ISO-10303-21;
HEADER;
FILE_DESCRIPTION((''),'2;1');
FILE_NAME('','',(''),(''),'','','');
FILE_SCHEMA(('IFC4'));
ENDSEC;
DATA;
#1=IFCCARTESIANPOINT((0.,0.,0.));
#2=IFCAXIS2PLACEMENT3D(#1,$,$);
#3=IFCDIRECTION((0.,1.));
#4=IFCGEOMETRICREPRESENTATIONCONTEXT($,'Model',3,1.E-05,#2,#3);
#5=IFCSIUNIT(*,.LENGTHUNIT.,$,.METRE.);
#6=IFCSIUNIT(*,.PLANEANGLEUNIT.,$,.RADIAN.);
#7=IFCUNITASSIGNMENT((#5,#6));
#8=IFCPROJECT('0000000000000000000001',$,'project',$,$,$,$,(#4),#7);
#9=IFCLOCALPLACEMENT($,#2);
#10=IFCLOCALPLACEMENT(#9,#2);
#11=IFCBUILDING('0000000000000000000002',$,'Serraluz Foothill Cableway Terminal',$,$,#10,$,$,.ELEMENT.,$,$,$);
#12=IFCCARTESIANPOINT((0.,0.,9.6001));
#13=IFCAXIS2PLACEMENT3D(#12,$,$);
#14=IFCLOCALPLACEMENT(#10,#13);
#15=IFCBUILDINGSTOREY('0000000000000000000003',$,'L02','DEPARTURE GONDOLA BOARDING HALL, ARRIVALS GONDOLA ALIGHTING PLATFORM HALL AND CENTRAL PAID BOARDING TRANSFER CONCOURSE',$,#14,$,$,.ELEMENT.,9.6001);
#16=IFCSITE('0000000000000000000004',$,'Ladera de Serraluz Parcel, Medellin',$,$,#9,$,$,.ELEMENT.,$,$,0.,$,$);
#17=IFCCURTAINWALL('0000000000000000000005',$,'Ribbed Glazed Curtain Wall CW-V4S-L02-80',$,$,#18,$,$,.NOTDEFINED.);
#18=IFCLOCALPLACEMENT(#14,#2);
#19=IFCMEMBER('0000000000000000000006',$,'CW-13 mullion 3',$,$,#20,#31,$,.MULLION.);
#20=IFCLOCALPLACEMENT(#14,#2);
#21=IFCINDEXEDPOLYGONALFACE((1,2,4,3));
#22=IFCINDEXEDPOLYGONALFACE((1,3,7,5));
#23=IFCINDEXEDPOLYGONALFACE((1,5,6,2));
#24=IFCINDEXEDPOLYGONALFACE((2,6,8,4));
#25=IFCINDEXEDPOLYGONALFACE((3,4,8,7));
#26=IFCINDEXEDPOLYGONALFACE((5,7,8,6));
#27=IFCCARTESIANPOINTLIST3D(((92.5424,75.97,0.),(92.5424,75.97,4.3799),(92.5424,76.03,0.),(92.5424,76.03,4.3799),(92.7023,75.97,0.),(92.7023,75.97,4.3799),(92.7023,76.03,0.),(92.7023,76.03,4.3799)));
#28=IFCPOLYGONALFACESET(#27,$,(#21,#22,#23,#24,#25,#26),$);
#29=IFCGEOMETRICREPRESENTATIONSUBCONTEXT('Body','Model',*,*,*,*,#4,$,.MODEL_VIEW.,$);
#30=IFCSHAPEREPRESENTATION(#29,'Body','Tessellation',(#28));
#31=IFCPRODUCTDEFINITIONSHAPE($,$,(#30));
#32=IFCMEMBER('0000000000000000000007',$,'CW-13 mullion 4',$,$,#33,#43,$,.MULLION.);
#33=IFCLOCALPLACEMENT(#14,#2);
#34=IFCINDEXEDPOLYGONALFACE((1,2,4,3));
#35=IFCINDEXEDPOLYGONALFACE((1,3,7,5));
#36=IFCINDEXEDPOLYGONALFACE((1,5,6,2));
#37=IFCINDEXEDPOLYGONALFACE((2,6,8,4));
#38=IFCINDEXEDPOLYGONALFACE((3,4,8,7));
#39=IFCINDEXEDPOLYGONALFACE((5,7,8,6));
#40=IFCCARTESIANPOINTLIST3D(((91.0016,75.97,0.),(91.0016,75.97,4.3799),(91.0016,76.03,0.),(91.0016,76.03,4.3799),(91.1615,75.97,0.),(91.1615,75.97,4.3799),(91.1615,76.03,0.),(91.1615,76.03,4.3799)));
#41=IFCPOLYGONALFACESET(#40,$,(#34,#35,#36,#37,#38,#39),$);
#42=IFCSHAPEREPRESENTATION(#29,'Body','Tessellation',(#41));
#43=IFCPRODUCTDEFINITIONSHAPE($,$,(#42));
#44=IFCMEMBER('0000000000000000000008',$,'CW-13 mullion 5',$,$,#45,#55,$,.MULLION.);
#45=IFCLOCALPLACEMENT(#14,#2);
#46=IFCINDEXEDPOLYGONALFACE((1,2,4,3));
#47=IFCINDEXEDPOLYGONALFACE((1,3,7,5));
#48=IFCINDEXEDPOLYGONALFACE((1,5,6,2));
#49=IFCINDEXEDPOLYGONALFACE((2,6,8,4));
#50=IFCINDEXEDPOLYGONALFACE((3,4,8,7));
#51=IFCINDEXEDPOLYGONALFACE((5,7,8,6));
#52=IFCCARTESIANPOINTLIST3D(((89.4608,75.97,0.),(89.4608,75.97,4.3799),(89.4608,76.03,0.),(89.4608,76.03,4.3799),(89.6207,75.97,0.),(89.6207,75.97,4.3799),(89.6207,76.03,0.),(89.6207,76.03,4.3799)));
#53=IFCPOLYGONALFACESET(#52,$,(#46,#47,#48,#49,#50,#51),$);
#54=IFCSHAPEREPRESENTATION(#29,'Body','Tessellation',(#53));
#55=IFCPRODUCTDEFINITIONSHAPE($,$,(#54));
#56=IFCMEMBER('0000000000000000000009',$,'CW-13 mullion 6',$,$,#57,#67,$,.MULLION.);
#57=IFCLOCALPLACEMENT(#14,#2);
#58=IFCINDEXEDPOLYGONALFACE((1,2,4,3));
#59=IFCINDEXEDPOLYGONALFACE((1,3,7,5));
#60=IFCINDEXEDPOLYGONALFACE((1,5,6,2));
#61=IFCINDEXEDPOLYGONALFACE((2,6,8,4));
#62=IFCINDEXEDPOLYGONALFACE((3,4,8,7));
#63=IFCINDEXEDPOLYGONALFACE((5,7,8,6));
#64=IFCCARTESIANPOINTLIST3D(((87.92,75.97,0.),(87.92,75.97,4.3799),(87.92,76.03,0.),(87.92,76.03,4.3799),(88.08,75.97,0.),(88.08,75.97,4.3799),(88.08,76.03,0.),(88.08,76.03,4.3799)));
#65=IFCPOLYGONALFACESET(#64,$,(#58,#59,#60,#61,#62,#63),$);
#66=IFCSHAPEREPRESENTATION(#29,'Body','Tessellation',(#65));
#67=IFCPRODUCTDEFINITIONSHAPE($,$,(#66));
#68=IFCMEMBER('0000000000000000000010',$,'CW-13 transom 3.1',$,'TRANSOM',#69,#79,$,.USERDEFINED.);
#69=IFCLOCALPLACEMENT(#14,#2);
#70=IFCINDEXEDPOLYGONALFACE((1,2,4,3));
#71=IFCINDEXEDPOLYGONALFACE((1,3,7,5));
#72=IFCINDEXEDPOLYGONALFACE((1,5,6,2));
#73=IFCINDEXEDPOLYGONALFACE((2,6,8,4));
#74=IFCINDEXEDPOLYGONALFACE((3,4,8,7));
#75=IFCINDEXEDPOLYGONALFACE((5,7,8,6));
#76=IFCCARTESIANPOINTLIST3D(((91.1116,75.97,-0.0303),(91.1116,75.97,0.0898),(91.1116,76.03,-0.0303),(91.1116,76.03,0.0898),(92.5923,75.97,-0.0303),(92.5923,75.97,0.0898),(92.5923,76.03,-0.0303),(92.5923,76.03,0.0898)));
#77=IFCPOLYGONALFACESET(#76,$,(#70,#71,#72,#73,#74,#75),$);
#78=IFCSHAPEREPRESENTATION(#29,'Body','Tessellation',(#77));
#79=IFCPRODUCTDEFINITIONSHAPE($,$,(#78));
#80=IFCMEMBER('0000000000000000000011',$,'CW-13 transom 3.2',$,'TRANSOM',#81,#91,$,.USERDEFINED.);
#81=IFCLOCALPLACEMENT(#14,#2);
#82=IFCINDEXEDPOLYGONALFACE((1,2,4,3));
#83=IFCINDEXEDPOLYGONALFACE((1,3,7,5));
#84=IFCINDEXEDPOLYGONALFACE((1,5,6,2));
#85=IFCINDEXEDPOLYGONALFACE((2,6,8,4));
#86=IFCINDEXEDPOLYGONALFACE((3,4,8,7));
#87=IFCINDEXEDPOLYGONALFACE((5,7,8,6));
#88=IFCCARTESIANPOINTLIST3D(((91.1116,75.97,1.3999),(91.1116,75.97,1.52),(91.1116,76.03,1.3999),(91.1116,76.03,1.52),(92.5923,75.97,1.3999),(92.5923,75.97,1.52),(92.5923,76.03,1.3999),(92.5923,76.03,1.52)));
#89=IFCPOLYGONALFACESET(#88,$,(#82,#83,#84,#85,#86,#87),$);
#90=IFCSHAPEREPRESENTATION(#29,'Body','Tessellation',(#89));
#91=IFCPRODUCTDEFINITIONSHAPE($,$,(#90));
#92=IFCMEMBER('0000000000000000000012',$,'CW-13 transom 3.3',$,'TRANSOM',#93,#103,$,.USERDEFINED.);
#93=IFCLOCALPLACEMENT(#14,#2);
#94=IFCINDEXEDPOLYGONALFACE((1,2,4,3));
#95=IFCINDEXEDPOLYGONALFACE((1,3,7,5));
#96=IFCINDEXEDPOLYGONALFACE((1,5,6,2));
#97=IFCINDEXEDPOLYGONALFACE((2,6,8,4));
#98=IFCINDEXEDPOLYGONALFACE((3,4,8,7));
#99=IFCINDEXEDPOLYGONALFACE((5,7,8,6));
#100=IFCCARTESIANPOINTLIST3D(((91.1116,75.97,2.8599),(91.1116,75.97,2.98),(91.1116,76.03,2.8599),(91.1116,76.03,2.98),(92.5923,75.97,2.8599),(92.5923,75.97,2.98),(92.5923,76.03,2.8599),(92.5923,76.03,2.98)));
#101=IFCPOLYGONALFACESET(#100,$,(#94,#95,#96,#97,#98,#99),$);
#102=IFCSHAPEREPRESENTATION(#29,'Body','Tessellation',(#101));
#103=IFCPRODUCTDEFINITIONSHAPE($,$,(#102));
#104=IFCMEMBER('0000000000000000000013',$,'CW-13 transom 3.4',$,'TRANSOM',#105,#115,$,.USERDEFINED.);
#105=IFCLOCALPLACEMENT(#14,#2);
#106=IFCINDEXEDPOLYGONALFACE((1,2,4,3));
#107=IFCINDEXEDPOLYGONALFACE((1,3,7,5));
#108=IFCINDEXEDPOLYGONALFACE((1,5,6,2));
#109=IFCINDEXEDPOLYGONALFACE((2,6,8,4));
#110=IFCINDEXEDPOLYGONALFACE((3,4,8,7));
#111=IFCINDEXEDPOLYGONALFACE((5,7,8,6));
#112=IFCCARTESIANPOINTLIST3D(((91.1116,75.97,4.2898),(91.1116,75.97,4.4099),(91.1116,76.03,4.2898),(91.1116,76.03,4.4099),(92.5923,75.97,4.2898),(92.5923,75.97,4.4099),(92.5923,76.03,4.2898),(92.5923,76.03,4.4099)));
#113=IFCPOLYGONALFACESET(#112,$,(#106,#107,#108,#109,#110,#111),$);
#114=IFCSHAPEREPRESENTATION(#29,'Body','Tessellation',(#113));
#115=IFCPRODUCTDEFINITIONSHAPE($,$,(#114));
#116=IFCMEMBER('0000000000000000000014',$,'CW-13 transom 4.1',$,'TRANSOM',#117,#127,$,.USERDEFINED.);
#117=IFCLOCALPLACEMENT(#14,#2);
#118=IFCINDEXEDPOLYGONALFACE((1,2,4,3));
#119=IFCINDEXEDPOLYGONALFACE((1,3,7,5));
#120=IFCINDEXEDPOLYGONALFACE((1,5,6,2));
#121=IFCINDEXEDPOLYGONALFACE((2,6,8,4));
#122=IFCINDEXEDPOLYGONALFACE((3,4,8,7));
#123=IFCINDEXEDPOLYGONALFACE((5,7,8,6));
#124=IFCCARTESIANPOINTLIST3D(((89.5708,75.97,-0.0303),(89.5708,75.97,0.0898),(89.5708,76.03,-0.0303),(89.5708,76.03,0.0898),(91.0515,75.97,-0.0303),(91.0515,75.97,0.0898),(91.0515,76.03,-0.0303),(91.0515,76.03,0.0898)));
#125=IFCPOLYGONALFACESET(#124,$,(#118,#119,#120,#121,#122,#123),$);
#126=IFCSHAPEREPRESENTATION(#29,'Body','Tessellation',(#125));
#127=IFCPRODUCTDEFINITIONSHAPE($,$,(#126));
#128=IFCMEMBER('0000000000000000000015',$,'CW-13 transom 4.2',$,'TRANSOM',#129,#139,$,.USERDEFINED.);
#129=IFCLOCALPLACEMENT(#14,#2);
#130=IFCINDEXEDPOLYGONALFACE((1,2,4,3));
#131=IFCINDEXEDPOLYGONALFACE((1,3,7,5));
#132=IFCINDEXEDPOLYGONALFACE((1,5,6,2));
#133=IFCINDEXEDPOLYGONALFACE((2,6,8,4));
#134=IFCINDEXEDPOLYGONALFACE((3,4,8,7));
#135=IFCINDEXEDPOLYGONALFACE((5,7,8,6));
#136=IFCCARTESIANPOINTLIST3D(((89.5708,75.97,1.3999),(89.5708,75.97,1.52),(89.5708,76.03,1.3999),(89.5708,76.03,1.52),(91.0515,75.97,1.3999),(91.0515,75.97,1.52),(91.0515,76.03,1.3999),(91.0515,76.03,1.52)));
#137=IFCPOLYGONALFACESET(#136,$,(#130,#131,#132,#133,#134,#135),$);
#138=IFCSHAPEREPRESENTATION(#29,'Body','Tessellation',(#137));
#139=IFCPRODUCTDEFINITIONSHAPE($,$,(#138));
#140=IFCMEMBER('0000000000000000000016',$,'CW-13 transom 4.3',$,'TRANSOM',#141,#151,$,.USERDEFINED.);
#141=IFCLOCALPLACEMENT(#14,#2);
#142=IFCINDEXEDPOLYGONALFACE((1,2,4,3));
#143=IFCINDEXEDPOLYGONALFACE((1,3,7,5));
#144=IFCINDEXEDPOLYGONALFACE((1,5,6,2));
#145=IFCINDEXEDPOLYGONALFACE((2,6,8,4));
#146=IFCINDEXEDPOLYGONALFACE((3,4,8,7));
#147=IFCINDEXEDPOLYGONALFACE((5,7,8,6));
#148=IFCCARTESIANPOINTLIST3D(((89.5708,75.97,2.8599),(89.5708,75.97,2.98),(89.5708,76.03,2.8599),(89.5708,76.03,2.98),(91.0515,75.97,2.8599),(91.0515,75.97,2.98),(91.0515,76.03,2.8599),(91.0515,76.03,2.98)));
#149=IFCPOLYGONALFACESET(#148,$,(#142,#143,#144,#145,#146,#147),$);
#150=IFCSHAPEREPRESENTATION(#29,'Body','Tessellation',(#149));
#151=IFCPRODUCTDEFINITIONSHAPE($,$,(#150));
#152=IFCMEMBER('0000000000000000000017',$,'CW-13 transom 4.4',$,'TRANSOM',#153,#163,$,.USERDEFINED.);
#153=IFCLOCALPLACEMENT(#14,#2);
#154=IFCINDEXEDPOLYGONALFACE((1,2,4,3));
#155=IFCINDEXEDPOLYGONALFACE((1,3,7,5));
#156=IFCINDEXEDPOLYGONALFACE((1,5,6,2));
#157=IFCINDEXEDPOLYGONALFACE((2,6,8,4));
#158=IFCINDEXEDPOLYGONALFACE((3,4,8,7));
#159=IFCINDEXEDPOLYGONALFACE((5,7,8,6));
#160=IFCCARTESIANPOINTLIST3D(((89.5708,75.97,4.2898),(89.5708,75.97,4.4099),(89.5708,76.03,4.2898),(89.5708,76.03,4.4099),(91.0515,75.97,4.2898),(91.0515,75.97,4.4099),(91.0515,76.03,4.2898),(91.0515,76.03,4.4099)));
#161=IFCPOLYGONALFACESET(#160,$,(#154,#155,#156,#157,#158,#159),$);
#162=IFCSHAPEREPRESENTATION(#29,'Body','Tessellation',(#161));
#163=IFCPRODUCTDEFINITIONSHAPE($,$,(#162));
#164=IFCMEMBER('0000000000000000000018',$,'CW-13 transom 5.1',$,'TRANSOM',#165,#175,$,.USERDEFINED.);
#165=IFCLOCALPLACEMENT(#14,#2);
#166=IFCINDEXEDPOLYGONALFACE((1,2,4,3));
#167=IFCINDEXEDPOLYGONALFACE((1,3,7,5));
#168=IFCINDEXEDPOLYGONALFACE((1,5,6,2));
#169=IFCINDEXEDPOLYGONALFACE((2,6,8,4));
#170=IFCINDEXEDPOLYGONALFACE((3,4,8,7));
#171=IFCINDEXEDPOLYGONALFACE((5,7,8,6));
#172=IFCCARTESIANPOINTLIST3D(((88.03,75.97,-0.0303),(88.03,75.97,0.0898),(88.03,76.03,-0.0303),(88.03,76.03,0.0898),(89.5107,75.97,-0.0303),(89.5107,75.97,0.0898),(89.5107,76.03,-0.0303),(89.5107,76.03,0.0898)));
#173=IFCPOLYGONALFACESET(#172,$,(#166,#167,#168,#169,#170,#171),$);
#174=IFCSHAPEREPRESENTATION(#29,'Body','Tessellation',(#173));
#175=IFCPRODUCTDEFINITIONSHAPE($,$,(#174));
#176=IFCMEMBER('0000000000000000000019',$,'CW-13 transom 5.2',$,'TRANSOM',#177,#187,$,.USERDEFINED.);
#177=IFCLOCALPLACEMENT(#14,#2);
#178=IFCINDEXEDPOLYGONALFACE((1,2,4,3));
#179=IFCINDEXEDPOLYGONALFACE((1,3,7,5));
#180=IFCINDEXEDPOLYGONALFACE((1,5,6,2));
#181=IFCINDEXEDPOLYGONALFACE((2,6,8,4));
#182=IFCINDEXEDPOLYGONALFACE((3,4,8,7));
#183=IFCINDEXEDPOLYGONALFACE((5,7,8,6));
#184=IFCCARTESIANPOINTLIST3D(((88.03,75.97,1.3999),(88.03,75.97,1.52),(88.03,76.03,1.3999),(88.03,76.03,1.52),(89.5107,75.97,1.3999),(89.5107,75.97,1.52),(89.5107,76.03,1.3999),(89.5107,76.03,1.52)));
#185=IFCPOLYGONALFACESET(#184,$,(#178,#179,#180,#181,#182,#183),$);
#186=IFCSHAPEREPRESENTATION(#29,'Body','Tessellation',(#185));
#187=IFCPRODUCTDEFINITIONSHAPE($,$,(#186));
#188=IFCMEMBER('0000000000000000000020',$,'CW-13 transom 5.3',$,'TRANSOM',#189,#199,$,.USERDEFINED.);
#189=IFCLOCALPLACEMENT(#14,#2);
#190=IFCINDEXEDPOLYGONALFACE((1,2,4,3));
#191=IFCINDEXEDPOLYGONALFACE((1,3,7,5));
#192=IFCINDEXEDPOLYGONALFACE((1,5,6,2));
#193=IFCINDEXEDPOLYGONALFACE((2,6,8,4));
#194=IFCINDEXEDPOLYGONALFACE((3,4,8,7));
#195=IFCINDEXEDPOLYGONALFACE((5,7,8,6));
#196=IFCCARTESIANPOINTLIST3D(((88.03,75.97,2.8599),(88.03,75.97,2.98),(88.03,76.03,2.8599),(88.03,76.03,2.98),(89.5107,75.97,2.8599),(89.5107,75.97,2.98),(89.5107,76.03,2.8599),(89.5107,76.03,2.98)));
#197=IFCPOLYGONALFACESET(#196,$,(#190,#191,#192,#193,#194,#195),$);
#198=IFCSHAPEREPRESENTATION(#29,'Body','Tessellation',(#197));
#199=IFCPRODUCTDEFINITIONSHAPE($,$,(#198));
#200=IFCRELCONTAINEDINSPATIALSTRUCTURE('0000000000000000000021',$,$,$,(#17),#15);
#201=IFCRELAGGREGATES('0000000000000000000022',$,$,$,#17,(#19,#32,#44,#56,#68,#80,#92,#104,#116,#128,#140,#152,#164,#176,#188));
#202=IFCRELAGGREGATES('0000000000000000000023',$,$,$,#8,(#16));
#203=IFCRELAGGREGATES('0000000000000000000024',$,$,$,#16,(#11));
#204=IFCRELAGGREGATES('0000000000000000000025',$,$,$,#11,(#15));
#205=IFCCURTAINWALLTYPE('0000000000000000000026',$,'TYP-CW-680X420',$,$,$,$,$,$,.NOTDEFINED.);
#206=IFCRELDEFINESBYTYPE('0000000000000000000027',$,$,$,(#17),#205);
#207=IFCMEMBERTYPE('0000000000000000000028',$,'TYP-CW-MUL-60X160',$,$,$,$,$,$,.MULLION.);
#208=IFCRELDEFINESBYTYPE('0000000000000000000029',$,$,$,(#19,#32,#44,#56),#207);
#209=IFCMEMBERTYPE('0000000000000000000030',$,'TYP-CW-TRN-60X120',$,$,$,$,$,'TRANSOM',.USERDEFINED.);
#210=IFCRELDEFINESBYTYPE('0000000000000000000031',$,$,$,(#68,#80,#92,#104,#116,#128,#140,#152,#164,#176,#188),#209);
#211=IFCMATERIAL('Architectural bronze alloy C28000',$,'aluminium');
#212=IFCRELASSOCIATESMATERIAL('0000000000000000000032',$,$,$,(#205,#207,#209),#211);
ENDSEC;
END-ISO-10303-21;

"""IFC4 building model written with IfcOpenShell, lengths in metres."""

from ifc_helpers import new_model, si_unit, direction, frame, origin, origin_2d, place, context, subcontext, project, spatial, rectangle, extrude, material, material_profile, profile_set, type_object, element, aggregate, save


model = new_model("IFC4")

# Units and contexts
model_context = context("Model", 3, precision=1e-05, world=origin(), true_north=direction((0.0, 1.0)))
body_context = subcontext(model_context, "Body", "Model", "MODEL_VIEW")
ifc_project = project(units=[si_unit("LENGTHUNIT", "METRE"), si_unit("PLANEANGLEUNIT", "RADIAN")], contexts=[model_context])

# Site, building, storey
site_placement = place(None, origin())
site = spatial("IfcSite", under=ifc_project, at=site_placement, Name="Ladera de Serraluz Parcel, Medellin", CompositionType="ELEMENT", RefElevation=0.0)
building_placement = place(site_placement, origin())
building = spatial("IfcBuilding", under=site, at=building_placement, Name="Serraluz Foothill Cableway Terminal", CompositionType="ELEMENT")
storey_placement = place(building_placement, frame((0.0, 0.0, 9.6001)))
storey = spatial("IfcBuildingStorey", under=building, at=storey_placement, Name="L02", Description="DEPARTURE GONDOLA BOARDING HALL, ARRIVALS GONDOLA ALIGHTING PLATFORM HALL AND CENTRAL PAID BOARDING TRANSFER CONCOURSE", CompositionType="ELEMENT", Elevation=9.6001)

# Curtain wall, members
ifc_material_1 = material(Name="Architectural bronze alloy C28000", Category="aluminium")
curtain_wall_type = type_object("IfcCurtainWallType", Name="TYP-CW-680X420", PredefinedType="NOTDEFINED", material=ifc_material_1)
curtain_wall_placement = place(storey_placement, origin())
curtain_wall = element("IfcCurtainWall", 1, at=curtain_wall_placement, inside=storey, type_object=curtain_wall_type, Name="Ribbed Glazed Curtain Wall CW-V4S-L02-80", PredefinedType="NOTDEFINED")
ifc_material_profile_1 = material_profile(ifc_material_1, rectangle(XDim=0.0601, YDim=0.1599, at=origin_2d()), Name="ALU MULLION 60x160")
ifc_profile_set_1 = profile_set([ifc_material_profile_1], Name="Architectural bronze alloy C28000")
member_type_1 = type_object("IfcMemberType", Name="TYP-CW-MUL-60X160", PredefinedType="MULLION", material=ifc_profile_set_1)
member_1_placement = place(storey_placement, frame((92.6223, 76.0, 0.0), z_axis=(0.0, 0.0, 1.0), x_axis=(0.0, -1.0, 0.0)))
member_1 = element("IfcMember", 2, at=member_1_placement, type_object=member_type_1, Name="CW-13 mullion 3", PredefinedType="MULLION", context=body_context, shape_type="SweptSolid", body=[
    extrude(rectangle(XDim=0.0601, YDim=0.1599, at=origin_2d()), origin(), (0.0, 0.0, 1.0), 4.3799),
])
member_2_placement = place(storey_placement, frame((91.0815, 76.0, 0.0), z_axis=(0.0, 0.0, 1.0), x_axis=(0.0, -1.0, 0.0)))
member_2 = element("IfcMember", 3, at=member_2_placement, type_object=member_type_1, Name="CW-13 mullion 4", PredefinedType="MULLION", context=body_context, shape_type="SweptSolid", body=[
    extrude(rectangle(XDim=0.0601, YDim=0.1599, at=origin_2d()), origin(), (0.0, 0.0, 1.0), 4.3799),
])
member_3_placement = place(storey_placement, frame((89.5408, 76.0, 0.0), z_axis=(0.0, 0.0, 1.0), x_axis=(0.0, -1.0, 0.0)))
member_3 = element("IfcMember", 4, at=member_3_placement, type_object=member_type_1, Name="CW-13 mullion 5", PredefinedType="MULLION", context=body_context, shape_type="SweptSolid", body=[
    extrude(rectangle(XDim=0.0601, YDim=0.1599, at=origin_2d()), origin(), (0.0, 0.0, 1.0), 4.3799),
])
member_4_placement = place(storey_placement, frame((88.0, 76.0, 0.0), z_axis=(0.0, 0.0, 1.0), x_axis=(0.0, -1.0, 0.0)))
member_4 = element("IfcMember", 5, at=member_4_placement, type_object=member_type_1, Name="CW-13 mullion 6", PredefinedType="MULLION", context=body_context, shape_type="SweptSolid", body=[
    extrude(rectangle(XDim=0.0601, YDim=0.1599, at=origin_2d()), origin(), (0.0, 0.0, 1.0), 4.3799),
])
ifc_material_profile_2 = material_profile(ifc_material_1, rectangle(XDim=0.0601, YDim=0.1201, at=origin_2d()), Name="ALU TRANSOM 60x120")
ifc_profile_set_2 = profile_set([ifc_material_profile_2], Name="Architectural bronze alloy C28000")
member_type_2 = type_object("IfcMemberType", Name="TYP-CW-TRN-60X120", ElementType="TRANSOM", PredefinedType="USERDEFINED", material=ifc_profile_set_2)
member_5_placement = place(storey_placement, frame((92.5923, 76.0, 0.0298), z_axis=(-1.0, 0.0, 0.0), x_axis=(0.0, -1.0, 0.0)))
member_5 = element("IfcMember", 6, at=member_5_placement, type_object=member_type_2, Name="CW-13 transom 3.1", ObjectType="TRANSOM", PredefinedType="USERDEFINED", context=body_context, shape_type="SweptSolid", body=[
    extrude(rectangle(XDim=0.0601, YDim=0.1201, at=origin_2d()), origin(), (0.0, 0.0, 1.0), 1.4807),
])
member_6_placement = place(storey_placement, frame((92.5923, 76.0, 1.46), z_axis=(-1.0, 0.0, 0.0), x_axis=(0.0, -1.0, 0.0)))
member_6 = element("IfcMember", 7, at=member_6_placement, type_object=member_type_2, Name="CW-13 transom 3.2", ObjectType="TRANSOM", PredefinedType="USERDEFINED", context=body_context, shape_type="SweptSolid", body=[
    extrude(rectangle(XDim=0.0601, YDim=0.1201, at=origin_2d()), origin(), (0.0, 0.0, 1.0), 1.4807),
])
member_7_placement = place(storey_placement, frame((92.5923, 76.0, 2.9199), z_axis=(-1.0, 0.0, 0.0), x_axis=(0.0, -1.0, 0.0)))
member_7 = element("IfcMember", 8, at=member_7_placement, type_object=member_type_2, Name="CW-13 transom 3.3", ObjectType="TRANSOM", PredefinedType="USERDEFINED", context=body_context, shape_type="SweptSolid", body=[
    extrude(rectangle(XDim=0.0601, YDim=0.1201, at=origin_2d()), origin(), (0.0, 0.0, 1.0), 1.4807),
])
member_8_placement = place(storey_placement, frame((92.5923, 76.0, 4.3499), z_axis=(-1.0, 0.0, 0.0), x_axis=(0.0, -1.0, 0.0)))
member_8 = element("IfcMember", 9, at=member_8_placement, type_object=member_type_2, Name="CW-13 transom 3.4", ObjectType="TRANSOM", PredefinedType="USERDEFINED", context=body_context, shape_type="SweptSolid", body=[
    extrude(rectangle(XDim=0.0601, YDim=0.1201, at=origin_2d()), origin(), (0.0, 0.0, 1.0), 1.4807),
])
member_9_placement = place(storey_placement, frame((91.0515, 76.0, 0.0298), z_axis=(-1.0, 0.0, 0.0), x_axis=(0.0, -1.0, 0.0)))
member_9 = element("IfcMember", 10, at=member_9_placement, type_object=member_type_2, Name="CW-13 transom 4.1", ObjectType="TRANSOM", PredefinedType="USERDEFINED", context=body_context, shape_type="SweptSolid", body=[
    extrude(rectangle(XDim=0.0601, YDim=0.1201, at=origin_2d()), origin(), (0.0, 0.0, 1.0), 1.4807),
])
member_10_placement = place(storey_placement, frame((91.0515, 76.0, 1.46), z_axis=(-1.0, 0.0, 0.0), x_axis=(0.0, -1.0, 0.0)))
member_10 = element("IfcMember", 11, at=member_10_placement, type_object=member_type_2, Name="CW-13 transom 4.2", ObjectType="TRANSOM", PredefinedType="USERDEFINED", context=body_context, shape_type="SweptSolid", body=[
    extrude(rectangle(XDim=0.0601, YDim=0.1201, at=origin_2d()), origin(), (0.0, 0.0, 1.0), 1.4807),
])
member_11_placement = place(storey_placement, frame((91.0515, 76.0, 2.9199), z_axis=(-1.0, 0.0, 0.0), x_axis=(0.0, -1.0, 0.0)))
member_11 = element("IfcMember", 12, at=member_11_placement, type_object=member_type_2, Name="CW-13 transom 4.3", ObjectType="TRANSOM", PredefinedType="USERDEFINED", context=body_context, shape_type="SweptSolid", body=[
    extrude(rectangle(XDim=0.0601, YDim=0.1201, at=origin_2d()), origin(), (0.0, 0.0, 1.0), 1.4807),
])
member_12_placement = place(storey_placement, frame((91.0515, 76.0, 4.3499), z_axis=(-1.0, 0.0, 0.0), x_axis=(0.0, -1.0, 0.0)))
member_12 = element("IfcMember", 13, at=member_12_placement, type_object=member_type_2, Name="CW-13 transom 4.4", ObjectType="TRANSOM", PredefinedType="USERDEFINED", context=body_context, shape_type="SweptSolid", body=[
    extrude(rectangle(XDim=0.0601, YDim=0.1201, at=origin_2d()), origin(), (0.0, 0.0, 1.0), 1.4807),
])
member_13_placement = place(storey_placement, frame((89.5107, 76.0, 0.0298), z_axis=(-1.0, 0.0, 0.0), x_axis=(0.0, -1.0, 0.0)))
member_13 = element("IfcMember", 14, at=member_13_placement, type_object=member_type_2, Name="CW-13 transom 5.1", ObjectType="TRANSOM", PredefinedType="USERDEFINED", context=body_context, shape_type="SweptSolid", body=[
    extrude(rectangle(XDim=0.0601, YDim=0.1201, at=origin_2d()), origin(), (0.0, 0.0, 1.0), 1.4807),
])
member_14_placement = place(storey_placement, frame((89.5107, 76.0, 1.46), z_axis=(-1.0, 0.0, 0.0), x_axis=(0.0, -1.0, 0.0)))
member_14 = element("IfcMember", 15, at=member_14_placement, type_object=member_type_2, Name="CW-13 transom 5.2", ObjectType="TRANSOM", PredefinedType="USERDEFINED", context=body_context, shape_type="SweptSolid", body=[
    extrude(rectangle(XDim=0.0601, YDim=0.1201, at=origin_2d()), origin(), (0.0, 0.0, 1.0), 1.4807),
])
member_15_placement = place(storey_placement, frame((89.5107, 76.0, 2.9199), z_axis=(-1.0, 0.0, 0.0), x_axis=(0.0, -1.0, 0.0)))
member_15 = element("IfcMember", 16, at=member_15_placement, type_object=member_type_2, Name="CW-13 transom 5.3", ObjectType="TRANSOM", PredefinedType="USERDEFINED", context=body_context, shape_type="SweptSolid", body=[
    extrude(rectangle(XDim=0.0601, YDim=0.1201, at=origin_2d()), origin(), (0.0, 0.0, 1.0), 1.4807),
])
aggregate(curtain_wall, [member_1, member_2, member_3, member_4, member_5, member_6, member_7, member_8, member_9, member_10, member_11, member_12, member_13, member_14, member_15])

save(model, "model.ifc")
